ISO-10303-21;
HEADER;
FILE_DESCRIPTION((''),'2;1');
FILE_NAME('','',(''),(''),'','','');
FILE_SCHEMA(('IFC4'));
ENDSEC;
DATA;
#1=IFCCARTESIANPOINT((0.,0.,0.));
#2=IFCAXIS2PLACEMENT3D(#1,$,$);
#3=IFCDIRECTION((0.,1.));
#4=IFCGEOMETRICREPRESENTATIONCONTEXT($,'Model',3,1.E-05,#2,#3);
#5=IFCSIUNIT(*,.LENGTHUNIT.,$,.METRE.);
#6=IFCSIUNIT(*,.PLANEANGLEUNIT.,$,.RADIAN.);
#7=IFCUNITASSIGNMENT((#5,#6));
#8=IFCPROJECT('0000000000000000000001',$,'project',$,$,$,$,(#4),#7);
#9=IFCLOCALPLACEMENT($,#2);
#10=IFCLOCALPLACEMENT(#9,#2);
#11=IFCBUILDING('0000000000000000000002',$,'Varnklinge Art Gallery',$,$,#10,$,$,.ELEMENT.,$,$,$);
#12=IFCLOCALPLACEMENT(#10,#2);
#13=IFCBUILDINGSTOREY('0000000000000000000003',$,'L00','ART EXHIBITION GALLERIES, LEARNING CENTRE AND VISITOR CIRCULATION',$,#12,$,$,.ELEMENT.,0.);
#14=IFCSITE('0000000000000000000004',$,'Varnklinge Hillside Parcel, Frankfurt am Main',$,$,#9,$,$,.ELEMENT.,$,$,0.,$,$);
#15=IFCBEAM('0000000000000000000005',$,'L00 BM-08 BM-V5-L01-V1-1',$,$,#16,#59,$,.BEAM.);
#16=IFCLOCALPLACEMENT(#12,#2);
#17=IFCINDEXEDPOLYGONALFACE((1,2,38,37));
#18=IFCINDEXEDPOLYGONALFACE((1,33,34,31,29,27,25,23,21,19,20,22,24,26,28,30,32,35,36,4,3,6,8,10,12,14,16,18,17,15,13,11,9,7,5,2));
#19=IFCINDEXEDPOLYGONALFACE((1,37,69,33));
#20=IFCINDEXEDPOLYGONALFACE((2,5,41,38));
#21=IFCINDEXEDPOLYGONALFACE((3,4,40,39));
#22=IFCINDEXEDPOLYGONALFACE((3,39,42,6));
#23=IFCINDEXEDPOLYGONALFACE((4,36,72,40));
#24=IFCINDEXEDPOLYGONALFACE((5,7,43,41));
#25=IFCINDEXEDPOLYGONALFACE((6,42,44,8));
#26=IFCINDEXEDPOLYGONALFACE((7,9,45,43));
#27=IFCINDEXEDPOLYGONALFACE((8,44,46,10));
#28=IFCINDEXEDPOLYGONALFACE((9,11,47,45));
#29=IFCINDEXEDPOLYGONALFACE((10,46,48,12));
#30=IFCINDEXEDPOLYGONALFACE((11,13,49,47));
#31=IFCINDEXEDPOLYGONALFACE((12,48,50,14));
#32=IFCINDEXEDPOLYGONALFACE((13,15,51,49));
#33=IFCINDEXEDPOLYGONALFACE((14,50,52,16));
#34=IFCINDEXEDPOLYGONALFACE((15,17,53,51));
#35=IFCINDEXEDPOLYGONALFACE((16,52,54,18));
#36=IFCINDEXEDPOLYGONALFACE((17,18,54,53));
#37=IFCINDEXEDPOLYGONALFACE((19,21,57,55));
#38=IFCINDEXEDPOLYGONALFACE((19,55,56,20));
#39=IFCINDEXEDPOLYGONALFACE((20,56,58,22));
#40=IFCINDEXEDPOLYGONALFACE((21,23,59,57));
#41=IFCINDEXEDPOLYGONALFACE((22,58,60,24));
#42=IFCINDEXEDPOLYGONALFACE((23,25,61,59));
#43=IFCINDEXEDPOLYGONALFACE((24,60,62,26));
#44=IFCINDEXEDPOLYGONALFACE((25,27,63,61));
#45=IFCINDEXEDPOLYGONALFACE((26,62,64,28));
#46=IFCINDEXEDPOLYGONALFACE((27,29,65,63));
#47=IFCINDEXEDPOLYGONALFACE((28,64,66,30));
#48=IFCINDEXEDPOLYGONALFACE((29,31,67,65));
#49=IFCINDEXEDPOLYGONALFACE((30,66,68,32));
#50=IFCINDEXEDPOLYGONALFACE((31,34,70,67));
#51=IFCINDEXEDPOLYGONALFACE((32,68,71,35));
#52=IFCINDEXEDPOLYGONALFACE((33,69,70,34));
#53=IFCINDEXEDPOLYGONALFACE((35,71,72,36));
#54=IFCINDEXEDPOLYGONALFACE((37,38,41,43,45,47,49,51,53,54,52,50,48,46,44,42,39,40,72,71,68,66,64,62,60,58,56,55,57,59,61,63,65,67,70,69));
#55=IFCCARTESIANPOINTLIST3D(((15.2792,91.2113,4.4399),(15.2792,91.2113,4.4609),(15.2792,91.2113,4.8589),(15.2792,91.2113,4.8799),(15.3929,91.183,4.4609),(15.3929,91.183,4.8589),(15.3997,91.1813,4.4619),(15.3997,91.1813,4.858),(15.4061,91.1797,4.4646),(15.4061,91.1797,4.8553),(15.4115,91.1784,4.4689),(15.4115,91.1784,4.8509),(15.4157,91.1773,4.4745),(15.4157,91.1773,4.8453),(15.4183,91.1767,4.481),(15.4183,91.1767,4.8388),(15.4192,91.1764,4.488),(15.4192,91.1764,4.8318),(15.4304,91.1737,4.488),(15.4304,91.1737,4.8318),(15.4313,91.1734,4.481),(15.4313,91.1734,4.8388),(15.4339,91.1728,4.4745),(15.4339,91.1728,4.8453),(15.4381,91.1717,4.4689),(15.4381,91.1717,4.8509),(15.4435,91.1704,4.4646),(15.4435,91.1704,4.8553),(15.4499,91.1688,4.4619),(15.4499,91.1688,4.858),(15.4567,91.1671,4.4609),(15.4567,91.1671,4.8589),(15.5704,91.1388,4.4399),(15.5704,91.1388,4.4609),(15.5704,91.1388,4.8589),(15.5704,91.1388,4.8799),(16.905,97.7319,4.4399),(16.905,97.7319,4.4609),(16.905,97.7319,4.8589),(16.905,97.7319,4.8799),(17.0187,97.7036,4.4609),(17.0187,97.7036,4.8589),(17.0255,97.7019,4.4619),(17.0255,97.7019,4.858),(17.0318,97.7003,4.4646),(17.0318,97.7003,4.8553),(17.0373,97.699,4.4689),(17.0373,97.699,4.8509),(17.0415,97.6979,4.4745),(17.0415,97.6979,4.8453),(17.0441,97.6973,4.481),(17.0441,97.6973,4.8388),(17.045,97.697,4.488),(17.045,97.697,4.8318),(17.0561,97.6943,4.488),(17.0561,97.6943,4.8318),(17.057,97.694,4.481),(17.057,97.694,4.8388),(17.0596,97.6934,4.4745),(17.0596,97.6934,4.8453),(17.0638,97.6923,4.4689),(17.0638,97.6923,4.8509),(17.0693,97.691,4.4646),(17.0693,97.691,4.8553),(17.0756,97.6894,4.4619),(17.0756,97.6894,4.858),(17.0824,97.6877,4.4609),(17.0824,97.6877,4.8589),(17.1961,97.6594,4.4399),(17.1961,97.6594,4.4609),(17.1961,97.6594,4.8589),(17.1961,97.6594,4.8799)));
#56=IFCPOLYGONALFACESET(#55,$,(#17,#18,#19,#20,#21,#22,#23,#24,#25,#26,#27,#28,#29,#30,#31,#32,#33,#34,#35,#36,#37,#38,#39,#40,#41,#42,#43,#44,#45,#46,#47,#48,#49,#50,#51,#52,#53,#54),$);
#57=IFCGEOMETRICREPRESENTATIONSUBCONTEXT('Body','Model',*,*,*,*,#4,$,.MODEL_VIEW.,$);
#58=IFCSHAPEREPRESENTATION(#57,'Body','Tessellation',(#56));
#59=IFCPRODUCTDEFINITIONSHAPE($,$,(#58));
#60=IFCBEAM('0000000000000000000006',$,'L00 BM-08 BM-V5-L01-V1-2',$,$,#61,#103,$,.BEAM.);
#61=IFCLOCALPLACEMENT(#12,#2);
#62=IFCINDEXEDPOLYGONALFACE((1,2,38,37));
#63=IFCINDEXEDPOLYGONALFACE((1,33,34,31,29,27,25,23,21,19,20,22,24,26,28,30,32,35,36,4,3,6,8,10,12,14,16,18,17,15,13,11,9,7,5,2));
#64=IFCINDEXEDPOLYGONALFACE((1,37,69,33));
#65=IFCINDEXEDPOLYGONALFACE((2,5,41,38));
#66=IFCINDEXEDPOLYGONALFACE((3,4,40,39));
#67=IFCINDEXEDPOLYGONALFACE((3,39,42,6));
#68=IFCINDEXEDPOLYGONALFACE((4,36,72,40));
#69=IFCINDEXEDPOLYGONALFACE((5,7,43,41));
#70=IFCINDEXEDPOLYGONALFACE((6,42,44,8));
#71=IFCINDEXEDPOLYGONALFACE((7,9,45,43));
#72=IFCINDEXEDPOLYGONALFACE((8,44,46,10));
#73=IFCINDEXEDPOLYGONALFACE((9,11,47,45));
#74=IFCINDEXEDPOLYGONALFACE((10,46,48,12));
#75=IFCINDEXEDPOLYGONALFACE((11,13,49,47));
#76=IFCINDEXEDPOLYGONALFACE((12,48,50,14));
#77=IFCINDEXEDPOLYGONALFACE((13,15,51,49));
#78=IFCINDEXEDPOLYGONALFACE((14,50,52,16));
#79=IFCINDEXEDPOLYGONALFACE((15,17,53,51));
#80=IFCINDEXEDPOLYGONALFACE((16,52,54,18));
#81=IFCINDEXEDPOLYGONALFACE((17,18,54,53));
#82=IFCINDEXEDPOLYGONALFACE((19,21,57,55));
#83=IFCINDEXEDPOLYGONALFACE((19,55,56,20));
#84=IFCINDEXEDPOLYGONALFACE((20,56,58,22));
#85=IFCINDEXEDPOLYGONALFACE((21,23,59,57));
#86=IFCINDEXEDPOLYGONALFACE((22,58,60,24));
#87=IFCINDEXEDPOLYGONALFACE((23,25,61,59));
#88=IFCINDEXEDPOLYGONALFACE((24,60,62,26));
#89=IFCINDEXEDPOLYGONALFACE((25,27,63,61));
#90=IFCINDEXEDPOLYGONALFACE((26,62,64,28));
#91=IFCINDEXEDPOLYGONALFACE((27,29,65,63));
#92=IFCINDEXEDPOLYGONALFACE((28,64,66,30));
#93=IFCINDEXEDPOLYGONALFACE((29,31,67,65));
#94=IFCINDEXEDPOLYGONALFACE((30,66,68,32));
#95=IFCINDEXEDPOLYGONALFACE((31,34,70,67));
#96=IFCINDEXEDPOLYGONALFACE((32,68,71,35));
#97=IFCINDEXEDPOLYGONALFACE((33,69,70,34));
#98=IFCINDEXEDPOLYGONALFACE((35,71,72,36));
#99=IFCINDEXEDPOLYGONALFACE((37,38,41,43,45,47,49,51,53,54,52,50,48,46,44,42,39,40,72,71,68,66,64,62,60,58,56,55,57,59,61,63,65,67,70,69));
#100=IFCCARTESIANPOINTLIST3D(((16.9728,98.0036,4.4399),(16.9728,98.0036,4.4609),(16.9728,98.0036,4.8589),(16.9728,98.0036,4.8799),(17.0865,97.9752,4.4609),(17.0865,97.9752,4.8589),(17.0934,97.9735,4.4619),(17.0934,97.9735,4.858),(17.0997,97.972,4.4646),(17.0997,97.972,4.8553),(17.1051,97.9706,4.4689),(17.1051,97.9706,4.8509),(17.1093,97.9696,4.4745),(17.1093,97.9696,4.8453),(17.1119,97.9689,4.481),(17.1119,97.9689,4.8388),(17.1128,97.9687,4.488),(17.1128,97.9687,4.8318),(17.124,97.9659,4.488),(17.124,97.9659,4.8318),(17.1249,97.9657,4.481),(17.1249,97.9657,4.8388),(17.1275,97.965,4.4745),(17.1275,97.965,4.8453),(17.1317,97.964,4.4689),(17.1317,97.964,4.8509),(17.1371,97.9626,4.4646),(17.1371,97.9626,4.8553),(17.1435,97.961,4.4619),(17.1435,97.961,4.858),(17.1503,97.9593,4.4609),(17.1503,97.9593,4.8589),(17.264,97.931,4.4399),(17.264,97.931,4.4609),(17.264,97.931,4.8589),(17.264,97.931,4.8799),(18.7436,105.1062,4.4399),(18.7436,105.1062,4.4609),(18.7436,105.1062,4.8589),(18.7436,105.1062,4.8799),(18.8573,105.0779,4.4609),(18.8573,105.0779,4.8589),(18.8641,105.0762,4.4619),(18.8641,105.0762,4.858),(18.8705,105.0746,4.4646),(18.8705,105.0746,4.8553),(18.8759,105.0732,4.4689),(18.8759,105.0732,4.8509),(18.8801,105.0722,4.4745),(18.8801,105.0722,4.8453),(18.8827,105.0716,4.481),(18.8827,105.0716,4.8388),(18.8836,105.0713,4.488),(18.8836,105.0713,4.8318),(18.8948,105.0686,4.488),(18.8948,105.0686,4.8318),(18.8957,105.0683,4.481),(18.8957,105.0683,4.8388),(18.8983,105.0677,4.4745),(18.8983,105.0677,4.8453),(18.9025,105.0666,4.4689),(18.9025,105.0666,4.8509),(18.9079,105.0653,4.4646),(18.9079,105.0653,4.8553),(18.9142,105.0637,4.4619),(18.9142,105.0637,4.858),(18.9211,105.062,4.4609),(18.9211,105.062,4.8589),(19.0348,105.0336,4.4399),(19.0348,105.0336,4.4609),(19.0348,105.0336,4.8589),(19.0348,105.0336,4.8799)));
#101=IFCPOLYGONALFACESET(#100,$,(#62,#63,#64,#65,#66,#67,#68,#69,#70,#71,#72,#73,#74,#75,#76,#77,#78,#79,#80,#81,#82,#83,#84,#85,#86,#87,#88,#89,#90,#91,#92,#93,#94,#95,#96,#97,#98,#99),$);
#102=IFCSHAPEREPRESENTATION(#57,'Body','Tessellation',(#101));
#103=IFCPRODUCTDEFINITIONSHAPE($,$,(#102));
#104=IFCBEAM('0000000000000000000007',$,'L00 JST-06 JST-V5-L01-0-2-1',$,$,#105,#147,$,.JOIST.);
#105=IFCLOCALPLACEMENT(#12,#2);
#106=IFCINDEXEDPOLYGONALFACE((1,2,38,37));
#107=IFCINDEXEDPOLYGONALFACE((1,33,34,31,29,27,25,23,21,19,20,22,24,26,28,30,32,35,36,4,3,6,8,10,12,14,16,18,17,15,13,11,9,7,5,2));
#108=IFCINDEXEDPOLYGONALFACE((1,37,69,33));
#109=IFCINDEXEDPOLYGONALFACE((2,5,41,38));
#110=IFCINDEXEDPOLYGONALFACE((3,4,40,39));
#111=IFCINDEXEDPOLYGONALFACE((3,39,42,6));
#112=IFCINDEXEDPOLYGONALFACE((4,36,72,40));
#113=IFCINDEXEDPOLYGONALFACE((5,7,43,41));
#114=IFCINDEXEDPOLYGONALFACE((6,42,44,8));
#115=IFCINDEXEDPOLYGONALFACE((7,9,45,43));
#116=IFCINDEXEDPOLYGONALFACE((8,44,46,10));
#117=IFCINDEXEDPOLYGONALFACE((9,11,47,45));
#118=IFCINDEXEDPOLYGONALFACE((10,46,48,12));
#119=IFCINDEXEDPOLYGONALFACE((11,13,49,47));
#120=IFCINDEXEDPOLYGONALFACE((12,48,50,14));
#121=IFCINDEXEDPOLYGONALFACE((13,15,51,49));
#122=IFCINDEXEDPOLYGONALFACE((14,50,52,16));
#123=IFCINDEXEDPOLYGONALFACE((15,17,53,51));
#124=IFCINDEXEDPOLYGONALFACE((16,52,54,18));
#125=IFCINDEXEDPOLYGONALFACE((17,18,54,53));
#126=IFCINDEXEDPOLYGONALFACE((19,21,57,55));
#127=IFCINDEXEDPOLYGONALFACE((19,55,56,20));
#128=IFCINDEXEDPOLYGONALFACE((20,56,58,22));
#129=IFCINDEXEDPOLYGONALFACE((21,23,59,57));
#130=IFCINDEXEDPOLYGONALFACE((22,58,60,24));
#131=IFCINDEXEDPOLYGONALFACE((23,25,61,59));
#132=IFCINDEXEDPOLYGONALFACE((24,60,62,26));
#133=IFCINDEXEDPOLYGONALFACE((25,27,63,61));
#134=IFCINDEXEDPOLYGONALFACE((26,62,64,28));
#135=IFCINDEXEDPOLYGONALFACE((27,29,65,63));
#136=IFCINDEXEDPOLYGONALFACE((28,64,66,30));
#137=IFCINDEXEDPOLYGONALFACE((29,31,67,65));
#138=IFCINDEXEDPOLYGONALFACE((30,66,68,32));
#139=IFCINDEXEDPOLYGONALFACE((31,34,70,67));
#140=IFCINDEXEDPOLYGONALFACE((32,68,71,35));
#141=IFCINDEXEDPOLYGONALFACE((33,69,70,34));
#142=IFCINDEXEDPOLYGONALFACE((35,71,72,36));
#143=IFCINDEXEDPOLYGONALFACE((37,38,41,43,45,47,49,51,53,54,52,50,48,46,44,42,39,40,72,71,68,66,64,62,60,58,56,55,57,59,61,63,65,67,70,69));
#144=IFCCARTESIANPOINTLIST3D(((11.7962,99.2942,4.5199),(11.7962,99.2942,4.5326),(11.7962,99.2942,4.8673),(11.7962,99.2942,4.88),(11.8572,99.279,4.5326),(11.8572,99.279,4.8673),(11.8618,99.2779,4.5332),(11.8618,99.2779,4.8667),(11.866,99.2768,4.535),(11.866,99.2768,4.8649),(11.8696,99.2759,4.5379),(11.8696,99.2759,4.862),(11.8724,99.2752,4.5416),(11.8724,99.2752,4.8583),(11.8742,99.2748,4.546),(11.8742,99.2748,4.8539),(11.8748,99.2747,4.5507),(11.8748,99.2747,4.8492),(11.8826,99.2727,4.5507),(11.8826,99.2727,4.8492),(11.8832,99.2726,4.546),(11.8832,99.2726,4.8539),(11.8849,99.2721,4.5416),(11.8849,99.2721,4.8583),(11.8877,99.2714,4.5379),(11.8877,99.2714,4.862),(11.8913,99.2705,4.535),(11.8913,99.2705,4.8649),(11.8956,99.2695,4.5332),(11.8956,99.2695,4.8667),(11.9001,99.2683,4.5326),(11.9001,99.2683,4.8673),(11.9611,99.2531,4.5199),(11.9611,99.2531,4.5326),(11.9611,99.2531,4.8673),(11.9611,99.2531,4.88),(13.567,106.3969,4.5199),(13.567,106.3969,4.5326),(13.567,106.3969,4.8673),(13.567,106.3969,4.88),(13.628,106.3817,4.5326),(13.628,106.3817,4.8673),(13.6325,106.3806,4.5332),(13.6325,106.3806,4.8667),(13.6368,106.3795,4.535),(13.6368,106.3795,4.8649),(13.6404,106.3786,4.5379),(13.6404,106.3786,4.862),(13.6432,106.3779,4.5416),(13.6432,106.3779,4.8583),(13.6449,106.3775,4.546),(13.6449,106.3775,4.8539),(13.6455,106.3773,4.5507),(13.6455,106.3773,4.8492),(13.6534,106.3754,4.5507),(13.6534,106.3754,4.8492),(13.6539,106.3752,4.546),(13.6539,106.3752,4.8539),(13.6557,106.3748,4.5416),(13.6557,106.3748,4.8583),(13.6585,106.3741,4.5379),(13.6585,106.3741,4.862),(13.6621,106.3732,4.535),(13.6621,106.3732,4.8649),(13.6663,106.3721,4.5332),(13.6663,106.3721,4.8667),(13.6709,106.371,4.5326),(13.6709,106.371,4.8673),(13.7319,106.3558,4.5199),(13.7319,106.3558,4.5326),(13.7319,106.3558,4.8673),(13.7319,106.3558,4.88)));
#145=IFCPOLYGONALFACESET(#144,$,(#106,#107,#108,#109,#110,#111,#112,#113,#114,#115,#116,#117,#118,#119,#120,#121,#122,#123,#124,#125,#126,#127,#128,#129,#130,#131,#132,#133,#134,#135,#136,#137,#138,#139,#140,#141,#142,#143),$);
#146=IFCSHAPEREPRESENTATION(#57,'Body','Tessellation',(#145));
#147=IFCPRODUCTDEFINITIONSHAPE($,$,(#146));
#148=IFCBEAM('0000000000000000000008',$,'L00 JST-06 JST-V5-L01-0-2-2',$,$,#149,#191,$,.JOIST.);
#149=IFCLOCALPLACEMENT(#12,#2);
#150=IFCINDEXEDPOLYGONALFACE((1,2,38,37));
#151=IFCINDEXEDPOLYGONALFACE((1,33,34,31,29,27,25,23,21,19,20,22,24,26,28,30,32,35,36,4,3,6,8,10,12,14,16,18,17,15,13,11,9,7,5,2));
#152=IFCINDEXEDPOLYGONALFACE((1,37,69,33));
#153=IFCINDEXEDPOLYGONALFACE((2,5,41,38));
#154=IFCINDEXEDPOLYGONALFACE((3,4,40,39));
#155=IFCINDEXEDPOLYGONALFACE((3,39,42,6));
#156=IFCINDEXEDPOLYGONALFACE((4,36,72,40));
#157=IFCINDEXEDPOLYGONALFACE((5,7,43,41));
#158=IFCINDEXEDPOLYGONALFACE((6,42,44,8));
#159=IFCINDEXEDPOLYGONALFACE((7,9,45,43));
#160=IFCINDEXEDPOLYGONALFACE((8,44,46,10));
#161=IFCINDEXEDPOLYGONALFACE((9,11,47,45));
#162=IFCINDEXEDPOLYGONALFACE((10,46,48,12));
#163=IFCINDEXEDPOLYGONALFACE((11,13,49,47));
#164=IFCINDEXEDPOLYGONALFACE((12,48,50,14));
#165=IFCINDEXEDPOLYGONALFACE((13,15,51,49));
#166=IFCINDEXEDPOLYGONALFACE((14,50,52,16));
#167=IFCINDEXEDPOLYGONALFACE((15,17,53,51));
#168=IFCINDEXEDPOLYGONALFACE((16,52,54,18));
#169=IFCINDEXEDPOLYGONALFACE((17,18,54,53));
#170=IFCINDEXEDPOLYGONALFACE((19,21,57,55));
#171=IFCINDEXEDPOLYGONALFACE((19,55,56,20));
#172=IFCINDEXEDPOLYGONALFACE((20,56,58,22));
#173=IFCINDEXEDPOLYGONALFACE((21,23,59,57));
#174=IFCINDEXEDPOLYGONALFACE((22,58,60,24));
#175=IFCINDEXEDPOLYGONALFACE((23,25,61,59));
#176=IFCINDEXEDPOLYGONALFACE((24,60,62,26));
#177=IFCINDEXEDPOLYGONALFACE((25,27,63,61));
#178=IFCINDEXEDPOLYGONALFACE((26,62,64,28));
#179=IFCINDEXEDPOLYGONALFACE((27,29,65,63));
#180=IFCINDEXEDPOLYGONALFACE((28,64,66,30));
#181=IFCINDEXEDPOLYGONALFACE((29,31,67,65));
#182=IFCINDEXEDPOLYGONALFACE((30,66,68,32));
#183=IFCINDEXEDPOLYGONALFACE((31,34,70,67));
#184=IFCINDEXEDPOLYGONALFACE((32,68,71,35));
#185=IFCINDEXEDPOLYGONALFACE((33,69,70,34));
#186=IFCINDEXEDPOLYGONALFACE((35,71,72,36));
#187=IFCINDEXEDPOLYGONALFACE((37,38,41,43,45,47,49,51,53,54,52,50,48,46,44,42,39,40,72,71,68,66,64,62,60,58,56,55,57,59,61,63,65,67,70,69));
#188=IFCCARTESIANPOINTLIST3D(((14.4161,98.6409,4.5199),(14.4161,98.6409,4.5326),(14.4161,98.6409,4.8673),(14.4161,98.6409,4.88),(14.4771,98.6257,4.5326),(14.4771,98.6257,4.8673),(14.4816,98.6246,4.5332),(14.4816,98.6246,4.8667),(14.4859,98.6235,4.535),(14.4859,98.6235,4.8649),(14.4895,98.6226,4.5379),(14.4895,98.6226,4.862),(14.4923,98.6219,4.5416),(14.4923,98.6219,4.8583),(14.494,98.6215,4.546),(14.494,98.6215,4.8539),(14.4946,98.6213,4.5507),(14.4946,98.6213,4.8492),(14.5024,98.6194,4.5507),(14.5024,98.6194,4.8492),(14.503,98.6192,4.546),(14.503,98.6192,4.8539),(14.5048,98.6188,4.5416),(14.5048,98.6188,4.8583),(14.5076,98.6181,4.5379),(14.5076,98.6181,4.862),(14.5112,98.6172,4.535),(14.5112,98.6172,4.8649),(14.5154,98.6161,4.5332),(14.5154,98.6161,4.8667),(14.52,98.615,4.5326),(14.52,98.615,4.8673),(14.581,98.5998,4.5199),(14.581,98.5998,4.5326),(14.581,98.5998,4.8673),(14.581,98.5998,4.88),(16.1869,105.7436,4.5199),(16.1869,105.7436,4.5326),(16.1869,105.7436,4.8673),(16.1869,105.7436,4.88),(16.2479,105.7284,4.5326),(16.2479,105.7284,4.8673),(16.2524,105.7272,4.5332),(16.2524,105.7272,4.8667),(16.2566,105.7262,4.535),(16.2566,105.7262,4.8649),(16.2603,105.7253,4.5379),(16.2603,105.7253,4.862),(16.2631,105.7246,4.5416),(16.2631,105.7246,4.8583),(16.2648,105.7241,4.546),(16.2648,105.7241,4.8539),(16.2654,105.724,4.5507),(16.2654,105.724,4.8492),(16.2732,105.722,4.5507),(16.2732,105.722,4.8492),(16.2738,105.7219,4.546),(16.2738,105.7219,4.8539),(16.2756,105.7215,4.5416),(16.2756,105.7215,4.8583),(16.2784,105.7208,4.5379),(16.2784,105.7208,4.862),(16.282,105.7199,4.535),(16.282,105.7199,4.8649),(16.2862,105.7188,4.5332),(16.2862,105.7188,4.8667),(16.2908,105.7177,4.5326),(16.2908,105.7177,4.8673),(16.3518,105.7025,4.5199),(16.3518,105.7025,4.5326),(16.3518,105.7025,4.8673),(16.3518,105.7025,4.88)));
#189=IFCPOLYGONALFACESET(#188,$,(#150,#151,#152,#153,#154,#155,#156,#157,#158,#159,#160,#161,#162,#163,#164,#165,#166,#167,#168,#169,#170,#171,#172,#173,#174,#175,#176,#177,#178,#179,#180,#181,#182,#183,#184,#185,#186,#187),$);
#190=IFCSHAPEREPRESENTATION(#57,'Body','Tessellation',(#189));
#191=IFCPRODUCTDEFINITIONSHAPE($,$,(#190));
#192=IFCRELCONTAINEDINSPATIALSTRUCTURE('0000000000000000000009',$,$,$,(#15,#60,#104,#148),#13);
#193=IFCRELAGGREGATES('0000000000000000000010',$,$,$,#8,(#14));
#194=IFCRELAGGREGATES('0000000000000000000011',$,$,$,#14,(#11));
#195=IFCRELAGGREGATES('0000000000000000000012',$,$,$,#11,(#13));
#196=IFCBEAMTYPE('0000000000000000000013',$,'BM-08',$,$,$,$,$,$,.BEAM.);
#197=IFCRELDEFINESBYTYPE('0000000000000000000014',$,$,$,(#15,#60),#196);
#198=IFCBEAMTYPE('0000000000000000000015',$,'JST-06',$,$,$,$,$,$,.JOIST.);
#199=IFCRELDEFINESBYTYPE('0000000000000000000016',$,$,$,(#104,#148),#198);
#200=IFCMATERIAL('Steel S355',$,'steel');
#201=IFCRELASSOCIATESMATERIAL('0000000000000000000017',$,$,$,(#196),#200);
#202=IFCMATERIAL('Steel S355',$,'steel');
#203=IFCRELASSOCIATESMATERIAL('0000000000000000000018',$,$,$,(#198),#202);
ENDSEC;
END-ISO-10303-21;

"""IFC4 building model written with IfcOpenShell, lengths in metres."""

from ifc_helpers import new_model, si_unit, direction, frame, origin, origin_2d, place, context, subcontext, project, spatial, i_section, extrude, material, material_profile, profile_set, type_object, element, save


model = new_model("IFC4")

# Units and contexts
model_context = context("Model", 3, precision=1e-05, world=origin(), true_north=direction((0.0, 1.0)))
body_context = subcontext(model_context, "Body", "Model", "MODEL_VIEW")
ifc_project = project(units=[si_unit("LENGTHUNIT", "METRE"), si_unit("PLANEANGLEUNIT", "RADIAN")], contexts=[model_context])

# Site, building, storey
site_placement = place(None, origin())
site = spatial("IfcSite", under=ifc_project, at=site_placement, Name="Varnklinge Hillside Parcel, Frankfurt am Main", CompositionType="ELEMENT", RefElevation=0.0)
building_placement = place(site_placement, origin())
building = spatial("IfcBuilding", under=site, at=building_placement, Name="Varnklinge Art Gallery", CompositionType="ELEMENT")
storey_placement = place(building_placement, origin())
storey = spatial("IfcBuildingStorey", under=building, at=storey_placement, Name="L00", Description="ART EXHIBITION GALLERIES, LEARNING CENTRE AND VISITOR CIRCULATION", CompositionType="ELEMENT", Elevation=0.0)

# Beams
ifc_material_1 = material(Name="Steel S355", Category="steel")
ifc_material_profile_1 = material_profile(ifc_material_1, i_section(OverallWidth=0.3, OverallDepth=0.4399, WebThickness=0.0115, FlangeThickness=0.021, FilletRadius=0.0271, at=origin_2d()), Name="HEA 450")
ifc_profile_set_1 = profile_set([ifc_material_profile_1], Name="Steel S355")
beam_type_1 = type_object("IfcBeamType", Name="BM-08", PredefinedType="BEAM", material=ifc_profile_set_1)
beam_1_placement = place(storey_placement, frame((15.4248, 91.175, 4.6599), z_axis=(0.24192, 0.970296, 0.0), x_axis=(-0.970296, 0.24192, 0.0)))
element("IfcBeam", 1, at=beam_1_placement, inside=storey, type_object=beam_type_1, Name="L00 BM-08 BM-V5-L01-V1-1", PredefinedType="BEAM", context=body_context, shape_type="SweptSolid", body=[
    extrude(i_section(OverallWidth=0.3, OverallDepth=0.4399, WebThickness=0.0115, FlangeThickness=0.021, FilletRadius=0.0271, at=origin_2d()), origin(), (0.0, 0.0, 1.0), 6.7202),
])
beam_2_placement = place(storey_placement, frame((17.1184, 97.9673, 4.6599), z_axis=(0.241908, 0.970299, 0.0), x_axis=(-0.970299, 0.241908, 0.0)))
element("IfcBeam", 2, at=beam_2_placement, inside=storey, type_object=beam_type_1, Name="L00 BM-08 BM-V5-L01-V1-2", PredefinedType="BEAM", context=body_context, shape_type="SweptSolid", body=[
    extrude(i_section(OverallWidth=0.3, OverallDepth=0.4399, WebThickness=0.0115, FlangeThickness=0.021, FilletRadius=0.0271, at=origin_2d()), origin(), (0.0, 0.0, 1.0), 7.3201),
])
ifc_material_2 = material(Name="Steel S355", Category="steel")
ifc_material_profile_2 = material_profile(ifc_material_2, i_section(OverallWidth=0.1699, OverallDepth=0.3601, WebThickness=0.0081, FlangeThickness=0.0127, FilletRadius=0.0181, at=origin_2d()), Name="IPE 360")
ifc_profile_set_2 = profile_set([ifc_material_profile_2], Name="Steel S355")
beam_type_2 = type_object("IfcBeamType", Name="JST-06", PredefinedType="JOIST", material=ifc_profile_set_2)
for number, where, z_axis, x_axis, name in (
    (3, (11.8787, 99.2737, 4.7), (0.241908, 0.970299, 0.0), (-0.970299, 0.241908, 0.0), "L00 JST-06 JST-V5-L01-0-2-1"),
    (4, (14.4985, 98.6204, 4.7), (0.241908, 0.970299, 0.0), (-0.970299, 0.241908, 0.0), "L00 JST-06 JST-V5-L01-0-2-2"),
):
    element("IfcBeam", number, at=place(storey_placement, frame(where, z_axis=z_axis, x_axis=x_axis)), inside=storey, type_object=beam_type_2, Name=name, PredefinedType="JOIST", context=body_context, shape_type="SweptSolid", body=[
        extrude(i_section(OverallWidth=0.1699, OverallDepth=0.3601, WebThickness=0.0081, FlangeThickness=0.0127, FilletRadius=0.0181, at=origin_2d()), origin(), (0.0, 0.0, 1.0), 7.3201),
    ])

save(model, "model.ifc")
